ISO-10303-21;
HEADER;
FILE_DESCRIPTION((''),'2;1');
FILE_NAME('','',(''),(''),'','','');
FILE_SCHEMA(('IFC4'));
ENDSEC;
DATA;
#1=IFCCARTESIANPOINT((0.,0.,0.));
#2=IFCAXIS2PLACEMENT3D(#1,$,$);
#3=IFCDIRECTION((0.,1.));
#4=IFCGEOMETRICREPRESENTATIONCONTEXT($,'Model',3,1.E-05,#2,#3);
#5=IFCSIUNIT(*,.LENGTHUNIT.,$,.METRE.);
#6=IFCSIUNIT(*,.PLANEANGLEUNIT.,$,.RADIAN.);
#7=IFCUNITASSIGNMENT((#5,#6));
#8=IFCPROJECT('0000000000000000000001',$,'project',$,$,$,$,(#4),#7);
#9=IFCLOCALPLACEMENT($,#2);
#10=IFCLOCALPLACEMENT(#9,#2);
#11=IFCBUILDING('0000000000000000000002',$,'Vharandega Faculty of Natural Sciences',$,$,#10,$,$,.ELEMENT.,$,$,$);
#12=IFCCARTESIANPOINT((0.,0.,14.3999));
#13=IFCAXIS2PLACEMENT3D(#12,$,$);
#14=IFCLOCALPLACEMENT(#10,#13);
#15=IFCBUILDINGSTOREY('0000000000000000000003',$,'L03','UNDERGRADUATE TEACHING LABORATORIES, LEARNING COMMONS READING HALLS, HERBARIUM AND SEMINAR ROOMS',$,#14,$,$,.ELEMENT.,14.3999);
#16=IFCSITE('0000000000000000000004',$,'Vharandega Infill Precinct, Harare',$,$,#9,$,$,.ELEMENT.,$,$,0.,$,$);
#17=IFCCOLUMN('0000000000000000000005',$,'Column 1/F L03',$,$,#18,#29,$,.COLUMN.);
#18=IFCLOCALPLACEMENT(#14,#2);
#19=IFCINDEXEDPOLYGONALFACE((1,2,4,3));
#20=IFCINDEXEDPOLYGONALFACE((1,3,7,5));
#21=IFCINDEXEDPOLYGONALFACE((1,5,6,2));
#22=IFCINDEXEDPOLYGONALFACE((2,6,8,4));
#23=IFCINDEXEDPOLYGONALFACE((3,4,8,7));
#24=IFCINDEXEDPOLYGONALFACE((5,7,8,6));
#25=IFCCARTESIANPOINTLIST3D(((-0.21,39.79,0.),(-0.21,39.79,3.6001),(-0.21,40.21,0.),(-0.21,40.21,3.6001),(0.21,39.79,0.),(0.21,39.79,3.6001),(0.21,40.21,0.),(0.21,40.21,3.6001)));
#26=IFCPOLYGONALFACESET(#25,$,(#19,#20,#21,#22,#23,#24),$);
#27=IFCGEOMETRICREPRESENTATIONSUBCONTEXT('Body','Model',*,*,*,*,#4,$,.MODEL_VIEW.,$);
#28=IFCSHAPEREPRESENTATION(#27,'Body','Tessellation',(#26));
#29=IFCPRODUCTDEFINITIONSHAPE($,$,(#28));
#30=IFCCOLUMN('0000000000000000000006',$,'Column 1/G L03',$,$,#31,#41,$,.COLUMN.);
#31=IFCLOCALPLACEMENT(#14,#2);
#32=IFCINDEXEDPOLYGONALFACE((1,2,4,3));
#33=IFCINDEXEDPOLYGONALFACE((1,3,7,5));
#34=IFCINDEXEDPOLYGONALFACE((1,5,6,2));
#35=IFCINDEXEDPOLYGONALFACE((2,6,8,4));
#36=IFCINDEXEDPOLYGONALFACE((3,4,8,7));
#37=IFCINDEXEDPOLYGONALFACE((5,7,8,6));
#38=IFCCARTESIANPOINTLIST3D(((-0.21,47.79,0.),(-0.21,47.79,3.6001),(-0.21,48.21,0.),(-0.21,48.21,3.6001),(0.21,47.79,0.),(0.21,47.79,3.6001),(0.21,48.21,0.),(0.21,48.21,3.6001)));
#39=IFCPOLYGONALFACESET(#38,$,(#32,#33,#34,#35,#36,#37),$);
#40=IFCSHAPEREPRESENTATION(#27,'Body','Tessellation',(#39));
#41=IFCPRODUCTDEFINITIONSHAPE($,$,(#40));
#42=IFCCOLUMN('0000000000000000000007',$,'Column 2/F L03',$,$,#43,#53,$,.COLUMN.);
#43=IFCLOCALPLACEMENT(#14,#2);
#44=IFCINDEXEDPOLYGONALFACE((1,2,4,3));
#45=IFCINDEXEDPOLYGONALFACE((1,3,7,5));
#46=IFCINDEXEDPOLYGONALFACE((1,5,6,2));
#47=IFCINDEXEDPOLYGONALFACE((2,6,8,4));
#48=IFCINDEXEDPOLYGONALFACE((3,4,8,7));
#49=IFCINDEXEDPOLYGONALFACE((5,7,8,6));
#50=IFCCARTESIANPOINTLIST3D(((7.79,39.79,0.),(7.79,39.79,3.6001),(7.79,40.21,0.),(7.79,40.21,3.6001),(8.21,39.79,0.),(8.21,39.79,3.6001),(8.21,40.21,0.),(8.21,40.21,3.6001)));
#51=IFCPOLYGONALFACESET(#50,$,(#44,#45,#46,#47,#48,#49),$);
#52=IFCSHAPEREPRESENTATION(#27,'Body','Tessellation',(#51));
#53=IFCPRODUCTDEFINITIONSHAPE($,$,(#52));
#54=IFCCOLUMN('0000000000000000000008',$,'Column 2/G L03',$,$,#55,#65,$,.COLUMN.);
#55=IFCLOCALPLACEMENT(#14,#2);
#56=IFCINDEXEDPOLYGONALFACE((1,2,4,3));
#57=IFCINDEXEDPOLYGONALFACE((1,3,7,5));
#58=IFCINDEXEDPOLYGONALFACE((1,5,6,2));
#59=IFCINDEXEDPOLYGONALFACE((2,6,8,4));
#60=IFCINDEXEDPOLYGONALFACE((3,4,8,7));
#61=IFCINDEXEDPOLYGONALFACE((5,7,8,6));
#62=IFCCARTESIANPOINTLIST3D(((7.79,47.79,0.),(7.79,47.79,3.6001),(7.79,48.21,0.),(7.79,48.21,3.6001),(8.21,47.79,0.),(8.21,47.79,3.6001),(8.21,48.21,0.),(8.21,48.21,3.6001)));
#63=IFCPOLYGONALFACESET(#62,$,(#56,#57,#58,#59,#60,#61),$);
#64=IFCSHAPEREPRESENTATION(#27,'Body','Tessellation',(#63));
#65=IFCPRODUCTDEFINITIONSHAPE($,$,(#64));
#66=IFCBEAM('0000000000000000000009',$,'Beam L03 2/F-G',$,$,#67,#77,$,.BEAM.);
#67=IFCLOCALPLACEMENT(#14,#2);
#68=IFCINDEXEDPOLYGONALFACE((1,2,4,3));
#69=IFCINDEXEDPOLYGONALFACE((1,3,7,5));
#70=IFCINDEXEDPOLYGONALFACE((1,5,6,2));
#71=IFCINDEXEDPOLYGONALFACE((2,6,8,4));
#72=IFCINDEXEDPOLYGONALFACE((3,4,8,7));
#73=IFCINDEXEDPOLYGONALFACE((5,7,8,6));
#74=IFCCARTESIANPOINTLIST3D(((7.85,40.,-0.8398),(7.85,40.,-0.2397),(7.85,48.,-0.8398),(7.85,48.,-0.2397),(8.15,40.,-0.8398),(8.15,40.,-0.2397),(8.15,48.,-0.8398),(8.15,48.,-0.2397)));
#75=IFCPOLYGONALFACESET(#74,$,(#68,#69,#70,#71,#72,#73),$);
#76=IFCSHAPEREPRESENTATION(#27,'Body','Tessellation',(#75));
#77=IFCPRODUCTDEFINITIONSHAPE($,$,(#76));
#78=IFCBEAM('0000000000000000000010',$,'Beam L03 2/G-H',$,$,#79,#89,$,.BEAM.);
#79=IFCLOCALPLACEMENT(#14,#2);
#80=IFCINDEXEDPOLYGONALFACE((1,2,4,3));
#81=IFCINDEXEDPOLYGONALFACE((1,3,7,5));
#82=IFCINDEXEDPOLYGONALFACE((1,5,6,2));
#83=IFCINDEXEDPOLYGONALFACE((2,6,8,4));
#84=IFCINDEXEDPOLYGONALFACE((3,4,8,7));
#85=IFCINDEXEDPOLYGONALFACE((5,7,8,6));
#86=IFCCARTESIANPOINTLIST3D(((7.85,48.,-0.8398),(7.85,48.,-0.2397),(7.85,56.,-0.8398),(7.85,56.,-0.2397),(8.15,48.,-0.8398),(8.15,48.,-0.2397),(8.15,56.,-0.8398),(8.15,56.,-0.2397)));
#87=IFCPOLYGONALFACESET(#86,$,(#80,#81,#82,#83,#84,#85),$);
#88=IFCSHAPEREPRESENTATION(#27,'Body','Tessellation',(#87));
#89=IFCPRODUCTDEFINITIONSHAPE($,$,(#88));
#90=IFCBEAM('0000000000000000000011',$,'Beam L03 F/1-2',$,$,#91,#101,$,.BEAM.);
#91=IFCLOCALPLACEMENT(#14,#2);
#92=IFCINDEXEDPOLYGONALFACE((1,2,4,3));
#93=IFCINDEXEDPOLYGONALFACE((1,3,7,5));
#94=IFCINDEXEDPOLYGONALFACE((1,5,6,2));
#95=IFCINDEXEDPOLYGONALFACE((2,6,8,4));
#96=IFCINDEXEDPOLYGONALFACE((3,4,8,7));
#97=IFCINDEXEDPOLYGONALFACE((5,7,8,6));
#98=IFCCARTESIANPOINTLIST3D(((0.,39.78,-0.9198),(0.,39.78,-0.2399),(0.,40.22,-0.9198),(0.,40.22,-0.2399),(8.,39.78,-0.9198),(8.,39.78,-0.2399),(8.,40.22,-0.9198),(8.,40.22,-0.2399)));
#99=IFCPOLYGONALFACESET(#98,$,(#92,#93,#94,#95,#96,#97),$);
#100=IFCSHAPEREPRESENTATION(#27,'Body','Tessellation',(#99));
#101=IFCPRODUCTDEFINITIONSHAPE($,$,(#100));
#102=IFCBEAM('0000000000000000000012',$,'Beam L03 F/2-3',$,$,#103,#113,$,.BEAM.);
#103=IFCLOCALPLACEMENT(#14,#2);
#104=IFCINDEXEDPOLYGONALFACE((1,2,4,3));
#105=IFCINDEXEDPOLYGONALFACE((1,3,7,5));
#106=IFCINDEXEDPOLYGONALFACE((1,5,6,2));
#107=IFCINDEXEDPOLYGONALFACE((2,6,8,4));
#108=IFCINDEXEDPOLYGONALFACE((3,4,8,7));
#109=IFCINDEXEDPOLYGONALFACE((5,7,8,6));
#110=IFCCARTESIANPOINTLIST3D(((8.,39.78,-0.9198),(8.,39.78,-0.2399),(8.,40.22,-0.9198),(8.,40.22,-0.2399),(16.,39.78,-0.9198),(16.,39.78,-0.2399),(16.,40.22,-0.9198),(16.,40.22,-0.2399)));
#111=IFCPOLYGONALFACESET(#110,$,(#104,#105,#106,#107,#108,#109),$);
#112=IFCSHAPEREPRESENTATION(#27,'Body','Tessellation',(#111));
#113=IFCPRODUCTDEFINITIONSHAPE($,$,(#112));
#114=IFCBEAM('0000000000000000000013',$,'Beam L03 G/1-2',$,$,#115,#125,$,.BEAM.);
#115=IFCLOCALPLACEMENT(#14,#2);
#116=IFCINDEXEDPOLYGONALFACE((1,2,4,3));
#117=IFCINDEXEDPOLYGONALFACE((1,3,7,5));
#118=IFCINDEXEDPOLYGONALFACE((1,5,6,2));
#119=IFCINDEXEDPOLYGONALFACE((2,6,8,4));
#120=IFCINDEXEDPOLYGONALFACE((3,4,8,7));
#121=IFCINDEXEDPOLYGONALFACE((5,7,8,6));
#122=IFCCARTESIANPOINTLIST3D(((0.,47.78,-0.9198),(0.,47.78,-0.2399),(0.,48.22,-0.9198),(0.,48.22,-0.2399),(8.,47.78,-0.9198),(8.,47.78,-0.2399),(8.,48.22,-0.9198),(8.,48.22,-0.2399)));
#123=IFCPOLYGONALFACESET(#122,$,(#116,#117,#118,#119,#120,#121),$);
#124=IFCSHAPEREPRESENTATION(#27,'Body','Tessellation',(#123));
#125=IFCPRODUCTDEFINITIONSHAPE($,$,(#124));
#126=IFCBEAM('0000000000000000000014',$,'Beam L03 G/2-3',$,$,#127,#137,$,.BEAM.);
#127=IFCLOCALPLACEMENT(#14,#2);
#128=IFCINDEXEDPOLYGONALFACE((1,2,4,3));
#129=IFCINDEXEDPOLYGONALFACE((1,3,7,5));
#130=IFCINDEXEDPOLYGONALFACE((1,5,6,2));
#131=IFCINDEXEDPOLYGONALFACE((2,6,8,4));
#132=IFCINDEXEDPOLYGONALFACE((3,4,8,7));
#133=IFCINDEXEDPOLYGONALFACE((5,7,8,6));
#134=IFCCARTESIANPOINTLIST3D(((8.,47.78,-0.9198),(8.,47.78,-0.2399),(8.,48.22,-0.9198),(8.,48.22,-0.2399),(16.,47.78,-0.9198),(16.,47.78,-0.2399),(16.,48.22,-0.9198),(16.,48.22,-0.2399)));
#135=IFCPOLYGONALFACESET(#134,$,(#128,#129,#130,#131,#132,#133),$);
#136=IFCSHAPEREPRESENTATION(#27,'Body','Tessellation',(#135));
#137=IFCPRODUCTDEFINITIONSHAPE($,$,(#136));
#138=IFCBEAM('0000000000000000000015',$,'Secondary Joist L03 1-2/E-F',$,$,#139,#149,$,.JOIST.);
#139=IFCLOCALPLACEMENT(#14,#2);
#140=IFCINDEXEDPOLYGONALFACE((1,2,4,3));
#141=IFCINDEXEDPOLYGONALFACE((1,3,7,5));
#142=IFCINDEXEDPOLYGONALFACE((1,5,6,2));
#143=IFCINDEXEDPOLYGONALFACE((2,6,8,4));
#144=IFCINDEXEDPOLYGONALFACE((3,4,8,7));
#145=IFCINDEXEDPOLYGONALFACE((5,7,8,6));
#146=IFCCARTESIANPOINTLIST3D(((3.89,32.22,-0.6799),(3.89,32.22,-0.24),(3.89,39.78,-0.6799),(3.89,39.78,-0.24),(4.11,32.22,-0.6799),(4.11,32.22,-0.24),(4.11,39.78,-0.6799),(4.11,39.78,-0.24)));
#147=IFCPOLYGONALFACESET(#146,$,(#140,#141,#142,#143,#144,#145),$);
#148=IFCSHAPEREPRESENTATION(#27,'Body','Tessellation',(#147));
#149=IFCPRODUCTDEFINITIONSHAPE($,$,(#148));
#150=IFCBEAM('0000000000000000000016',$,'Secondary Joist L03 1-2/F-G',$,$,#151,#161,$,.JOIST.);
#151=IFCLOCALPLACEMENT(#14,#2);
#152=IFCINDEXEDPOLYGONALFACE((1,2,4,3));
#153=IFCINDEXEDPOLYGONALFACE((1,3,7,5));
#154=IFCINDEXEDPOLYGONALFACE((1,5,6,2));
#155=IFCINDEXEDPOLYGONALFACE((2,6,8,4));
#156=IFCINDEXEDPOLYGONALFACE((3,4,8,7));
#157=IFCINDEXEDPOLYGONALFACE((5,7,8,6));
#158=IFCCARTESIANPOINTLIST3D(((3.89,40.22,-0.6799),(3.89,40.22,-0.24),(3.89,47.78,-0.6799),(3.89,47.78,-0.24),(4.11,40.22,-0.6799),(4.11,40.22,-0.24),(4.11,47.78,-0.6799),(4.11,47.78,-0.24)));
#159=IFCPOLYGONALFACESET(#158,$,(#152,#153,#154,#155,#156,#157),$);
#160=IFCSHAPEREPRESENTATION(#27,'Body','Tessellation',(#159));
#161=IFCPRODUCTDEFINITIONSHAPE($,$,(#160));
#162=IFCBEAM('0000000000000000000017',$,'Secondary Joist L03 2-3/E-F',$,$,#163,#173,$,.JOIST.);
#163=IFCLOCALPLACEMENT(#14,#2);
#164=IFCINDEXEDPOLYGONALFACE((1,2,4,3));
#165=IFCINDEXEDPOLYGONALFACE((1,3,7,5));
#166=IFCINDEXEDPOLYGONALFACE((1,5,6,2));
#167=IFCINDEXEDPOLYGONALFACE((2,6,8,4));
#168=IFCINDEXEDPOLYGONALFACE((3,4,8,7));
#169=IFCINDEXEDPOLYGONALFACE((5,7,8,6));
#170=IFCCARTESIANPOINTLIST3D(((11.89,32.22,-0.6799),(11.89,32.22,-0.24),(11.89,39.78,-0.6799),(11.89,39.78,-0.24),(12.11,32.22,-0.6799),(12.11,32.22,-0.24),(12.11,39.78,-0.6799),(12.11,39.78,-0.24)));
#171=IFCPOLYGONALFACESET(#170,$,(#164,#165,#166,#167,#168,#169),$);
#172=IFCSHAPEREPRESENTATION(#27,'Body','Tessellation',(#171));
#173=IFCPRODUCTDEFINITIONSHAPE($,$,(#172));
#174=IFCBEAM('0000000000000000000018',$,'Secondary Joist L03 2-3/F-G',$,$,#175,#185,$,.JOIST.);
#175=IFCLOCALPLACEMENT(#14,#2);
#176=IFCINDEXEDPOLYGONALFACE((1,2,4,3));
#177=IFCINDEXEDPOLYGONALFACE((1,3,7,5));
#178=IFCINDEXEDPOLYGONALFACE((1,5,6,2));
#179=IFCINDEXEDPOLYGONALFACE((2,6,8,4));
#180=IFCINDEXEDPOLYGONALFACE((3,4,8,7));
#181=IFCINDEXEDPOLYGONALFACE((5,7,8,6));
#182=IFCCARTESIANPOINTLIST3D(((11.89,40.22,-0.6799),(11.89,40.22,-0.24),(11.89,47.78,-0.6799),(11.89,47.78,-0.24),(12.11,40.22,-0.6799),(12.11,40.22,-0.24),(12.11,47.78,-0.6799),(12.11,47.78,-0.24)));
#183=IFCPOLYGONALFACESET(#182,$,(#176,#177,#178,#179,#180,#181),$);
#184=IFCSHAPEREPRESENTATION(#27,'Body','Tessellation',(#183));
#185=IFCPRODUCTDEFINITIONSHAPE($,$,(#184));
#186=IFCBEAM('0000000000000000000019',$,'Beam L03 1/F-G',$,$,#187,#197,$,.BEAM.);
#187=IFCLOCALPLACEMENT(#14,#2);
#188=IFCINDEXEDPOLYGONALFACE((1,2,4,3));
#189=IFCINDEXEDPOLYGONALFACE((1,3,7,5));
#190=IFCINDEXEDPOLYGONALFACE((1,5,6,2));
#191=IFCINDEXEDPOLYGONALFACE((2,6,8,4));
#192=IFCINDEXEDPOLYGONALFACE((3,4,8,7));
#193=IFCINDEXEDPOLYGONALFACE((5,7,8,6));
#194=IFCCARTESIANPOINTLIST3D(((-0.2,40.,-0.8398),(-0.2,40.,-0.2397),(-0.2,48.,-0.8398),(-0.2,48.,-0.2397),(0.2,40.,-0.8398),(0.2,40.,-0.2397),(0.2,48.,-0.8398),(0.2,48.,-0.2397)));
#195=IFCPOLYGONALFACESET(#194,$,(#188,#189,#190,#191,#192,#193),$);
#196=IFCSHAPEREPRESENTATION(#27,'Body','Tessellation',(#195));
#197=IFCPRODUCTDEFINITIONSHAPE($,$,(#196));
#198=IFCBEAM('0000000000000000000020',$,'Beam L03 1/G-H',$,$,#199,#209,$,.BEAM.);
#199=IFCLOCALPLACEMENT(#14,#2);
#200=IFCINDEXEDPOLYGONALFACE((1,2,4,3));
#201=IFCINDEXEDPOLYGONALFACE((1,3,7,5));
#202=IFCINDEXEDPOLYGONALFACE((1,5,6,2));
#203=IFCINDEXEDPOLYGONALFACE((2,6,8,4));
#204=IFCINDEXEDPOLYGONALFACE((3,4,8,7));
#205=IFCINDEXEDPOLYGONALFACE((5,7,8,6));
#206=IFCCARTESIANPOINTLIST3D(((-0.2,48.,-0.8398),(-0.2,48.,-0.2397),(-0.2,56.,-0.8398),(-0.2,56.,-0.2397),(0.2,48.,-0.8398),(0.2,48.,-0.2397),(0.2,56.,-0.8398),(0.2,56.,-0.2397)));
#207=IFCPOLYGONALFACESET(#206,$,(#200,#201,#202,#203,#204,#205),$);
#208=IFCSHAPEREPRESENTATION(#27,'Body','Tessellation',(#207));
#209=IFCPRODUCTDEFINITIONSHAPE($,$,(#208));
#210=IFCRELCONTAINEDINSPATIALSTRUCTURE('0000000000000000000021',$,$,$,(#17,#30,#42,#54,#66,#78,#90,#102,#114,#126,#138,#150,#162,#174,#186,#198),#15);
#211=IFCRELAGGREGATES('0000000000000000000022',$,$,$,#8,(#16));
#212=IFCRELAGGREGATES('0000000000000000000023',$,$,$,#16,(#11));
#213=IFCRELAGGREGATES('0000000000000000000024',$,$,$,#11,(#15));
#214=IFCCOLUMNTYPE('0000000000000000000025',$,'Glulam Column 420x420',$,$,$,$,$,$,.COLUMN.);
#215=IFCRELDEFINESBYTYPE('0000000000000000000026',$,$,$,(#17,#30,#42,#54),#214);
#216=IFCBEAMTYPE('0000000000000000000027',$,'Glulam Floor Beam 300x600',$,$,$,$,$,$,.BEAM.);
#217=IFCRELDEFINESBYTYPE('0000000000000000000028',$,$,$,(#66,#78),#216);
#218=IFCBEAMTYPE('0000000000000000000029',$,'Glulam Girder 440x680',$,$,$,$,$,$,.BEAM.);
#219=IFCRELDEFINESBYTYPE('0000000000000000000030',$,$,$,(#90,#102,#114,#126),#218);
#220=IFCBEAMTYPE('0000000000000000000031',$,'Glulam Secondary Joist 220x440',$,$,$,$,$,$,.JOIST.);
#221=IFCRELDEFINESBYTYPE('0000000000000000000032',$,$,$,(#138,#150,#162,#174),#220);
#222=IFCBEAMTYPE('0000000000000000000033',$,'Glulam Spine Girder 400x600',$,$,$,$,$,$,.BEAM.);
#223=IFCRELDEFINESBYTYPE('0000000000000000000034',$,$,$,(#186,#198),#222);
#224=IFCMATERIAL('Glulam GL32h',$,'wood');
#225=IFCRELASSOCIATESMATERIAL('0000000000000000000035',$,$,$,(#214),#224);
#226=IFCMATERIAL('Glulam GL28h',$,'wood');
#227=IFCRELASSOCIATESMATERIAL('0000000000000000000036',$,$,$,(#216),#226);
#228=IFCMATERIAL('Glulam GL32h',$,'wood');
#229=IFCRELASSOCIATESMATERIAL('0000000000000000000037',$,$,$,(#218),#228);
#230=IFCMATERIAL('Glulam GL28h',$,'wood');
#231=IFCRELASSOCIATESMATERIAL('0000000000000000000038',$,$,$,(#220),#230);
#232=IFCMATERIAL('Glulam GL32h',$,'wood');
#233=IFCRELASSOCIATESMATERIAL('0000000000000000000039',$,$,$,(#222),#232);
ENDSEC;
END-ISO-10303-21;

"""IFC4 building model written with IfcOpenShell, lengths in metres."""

from ifc_helpers import new_model, si_unit, direction, frame, origin, origin_2d, place, context, subcontext, project, spatial, rectangle, extrude, material, material_profile, profile_set, type_object, element, save


model = new_model("IFC4")

# Units and contexts
model_context = context("Model", 3, precision=1e-05, world=origin(), true_north=direction((0.0, 1.0)))
body_context = subcontext(model_context, "Body", "Model", "MODEL_VIEW")
ifc_project = project(units=[si_unit("LENGTHUNIT", "METRE"), si_unit("PLANEANGLEUNIT", "RADIAN")], contexts=[model_context])

# Site, building, storey
site_placement = place(None, origin())
site = spatial("IfcSite", under=ifc_project, at=site_placement, Name="Vharandega Infill Precinct, Harare", CompositionType="ELEMENT", RefElevation=0.0)
building_placement = place(site_placement, origin())
building = spatial("IfcBuilding", under=site, at=building_placement, Name="Vharandega Faculty of Natural Sciences", CompositionType="ELEMENT")
storey_placement = place(building_placement, frame((0.0, 0.0, 14.3999)))
storey = spatial("IfcBuildingStorey", under=building, at=storey_placement, Name="L03", Description="UNDERGRADUATE TEACHING LABORATORIES, LEARNING COMMONS READING HALLS, HERBARIUM AND SEMINAR ROOMS", CompositionType="ELEMENT", Elevation=14.3999)

# Columns
ifc_material_1 = material(Name="Glulam GL32h", Category="wood")
ifc_material_profile_1 = material_profile(ifc_material_1, rectangle(XDim=0.4199, YDim=0.4199, at=origin_2d()), Name="GL32h 420x420")
ifc_profile_set_1 = profile_set([ifc_material_profile_1], Name="Glulam GL32h")
column_type = type_object("IfcColumnType", Name="Glulam Column 420x420", PredefinedType="COLUMN", material=ifc_profile_set_1)
for number, where, z_axis, x_axis, name in (
    (1, (0.0, 40.0, 0.0), (0.0, 0.0, 1.0), (1.0, 0.0, 0.0), "Column 1/F L03"),
    (2, (0.0, 48.0, 0.0), (0.0, 0.0, 1.0), (1.0, 0.0, 0.0), "Column 1/G L03"),
    (3, (8.0, 40.0, 0.0), (0.0, 0.0, 1.0), (1.0, 0.0, 0.0), "Column 2/F L03"),
    (4, (8.0, 48.0, 0.0), (0.0, 0.0, 1.0), (1.0, 0.0, 0.0), "Column 2/G L03"),
):
    element("IfcColumn", number, at=place(storey_placement, frame(where, z_axis=z_axis, x_axis=x_axis)), inside=storey, type_object=column_type, Name=name, PredefinedType="COLUMN", context=body_context, shape_type="SweptSolid", body=[
        extrude(rectangle(XDim=0.4199, YDim=0.4199, at=origin_2d()), origin(), (0.0, 0.0, 1.0), 3.6001),
    ])

# Beams
ifc_material_2 = material(Name="Glulam GL28h", Category="wood")
ifc_material_profile_2 = material_profile(ifc_material_2, rectangle(XDim=0.3, YDim=0.6001, at=origin_2d()), Name="GL28h 300x600")
ifc_profile_set_2 = profile_set([ifc_material_profile_2], Name="Glulam GL28h")
beam_type_1 = type_object("IfcBeamType", Name="Glulam Floor Beam 300x600", PredefinedType="BEAM", material=ifc_profile_set_2)
for number, where, z_axis, x_axis, name in (
    (5, (8.0, 40.0, -0.5398), (0.0, 1.0, 0.0), (-1.0, 0.0, 0.0), "Beam L03 2/F-G"),
    (6, (8.0, 48.0, -0.5398), (0.0, 1.0, 0.0), (-1.0, 0.0, 0.0), "Beam L03 2/G-H"),
):
    element("IfcBeam", number, at=place(storey_placement, frame(where, z_axis=z_axis, x_axis=x_axis)), inside=storey, type_object=beam_type_1, Name=name, PredefinedType="BEAM", context=body_context, shape_type="SweptSolid", body=[
        extrude(rectangle(XDim=0.3, YDim=0.6001, at=origin_2d()), origin(), (0.0, 0.0, 1.0), 8.0),
    ])
ifc_material_3 = material(Name="Glulam GL32h", Category="wood")
ifc_material_profile_3 = material_profile(ifc_material_3, rectangle(XDim=0.4399, YDim=0.6799, at=origin_2d()), Name="GL32h 440x680")
ifc_profile_set_3 = profile_set([ifc_material_profile_3], Name="Glulam GL32h")
beam_type_2 = type_object("IfcBeamType", Name="Glulam Girder 440x680", PredefinedType="BEAM", material=ifc_profile_set_3)
for number, where, z_axis, x_axis, name in (
    (7, (0.0, 40.0, -0.5798), (1.0, 0.0, 0.0), (0.0, 1.0, 0.0), "Beam L03 F/1-2"),
    (8, (8.0, 40.0, -0.5798), (1.0, 0.0, 0.0), (0.0, 1.0, 0.0), "Beam L03 F/2-3"),
    (9, (0.0, 48.0, -0.5798), (1.0, 0.0, 0.0), (0.0, 1.0, 0.0), "Beam L03 G/1-2"),
    (10, (8.0, 48.0, -0.5798), (1.0, 0.0, 0.0), (0.0, 1.0, 0.0), "Beam L03 G/2-3"),
):
    element("IfcBeam", number, at=place(storey_placement, frame(where, z_axis=z_axis, x_axis=x_axis)), inside=storey, type_object=beam_type_2, Name=name, PredefinedType="BEAM", context=body_context, shape_type="SweptSolid", body=[
        extrude(rectangle(XDim=0.4399, YDim=0.6799, at=origin_2d()), origin(), (0.0, 0.0, 1.0), 8.0),
    ])
ifc_material_4 = material(Name="Glulam GL28h", Category="wood")
ifc_material_profile_4 = material_profile(ifc_material_4, rectangle(XDim=0.22, YDim=0.4399, at=origin_2d()), Name="GL28h 220x440")
ifc_profile_set_4 = profile_set([ifc_material_profile_4], Name="Glulam GL28h")
beam_type_3 = type_object("IfcBeamType", Name="Glulam Secondary Joist 220x440", PredefinedType="JOIST", material=ifc_profile_set_4)
for number, where, z_axis, x_axis, name in (
    (11, (4.0, 32.22, -0.46), (0.0, 1.0, 0.0), (-1.0, 0.0, 0.0), "Secondary Joist L03 1-2/E-F"),
    (12, (4.0, 40.22, -0.46), (0.0, 1.0, 0.0), (-1.0, 0.0, 0.0), "Secondary Joist L03 1-2/F-G"),
    (13, (12.0, 32.22, -0.46), (0.0, 1.0, 0.0), (-1.0, 0.0, 0.0), "Secondary Joist L03 2-3/E-F"),
    (14, (12.0, 40.22, -0.46), (0.0, 1.0, 0.0), (-1.0, 0.0, 0.0), "Secondary Joist L03 2-3/F-G"),
):
    element("IfcBeam", number, at=place(storey_placement, frame(where, z_axis=z_axis, x_axis=x_axis)), inside=storey, type_object=beam_type_3, Name=name, PredefinedType="JOIST", context=body_context, shape_type="SweptSolid", body=[
        extrude(rectangle(XDim=0.22, YDim=0.4399, at=origin_2d()), origin(), (0.0, 0.0, 1.0), 7.5601),
    ])
ifc_material_5 = material(Name="Glulam GL32h", Category="wood")
ifc_material_profile_5 = material_profile(ifc_material_5, rectangle(XDim=0.3999, YDim=0.6001, at=origin_2d()), Name="GL32h 400x600")
ifc_profile_set_5 = profile_set([ifc_material_profile_5], Name="Glulam GL32h")
beam_type_4 = type_object("IfcBeamType", Name="Glulam Spine Girder 400x600", PredefinedType="BEAM", material=ifc_profile_set_5)
for number, where, z_axis, x_axis, name in (
    (15, (0.0, 40.0, -0.5398), (0.0, 1.0, 0.0), (-1.0, 0.0, 0.0), "Beam L03 1/F-G"),
    (16, (0.0, 48.0, -0.5398), (0.0, 1.0, 0.0), (-1.0, 0.0, 0.0), "Beam L03 1/G-H"),
):
    element("IfcBeam", number, at=place(storey_placement, frame(where, z_axis=z_axis, x_axis=x_axis)), inside=storey, type_object=beam_type_4, Name=name, PredefinedType="BEAM", context=body_context, shape_type="SweptSolid", body=[
        extrude(rectangle(XDim=0.3999, YDim=0.6001, at=origin_2d()), origin(), (0.0, 0.0, 1.0), 8.0),
    ])

save(model, "model.ifc")
